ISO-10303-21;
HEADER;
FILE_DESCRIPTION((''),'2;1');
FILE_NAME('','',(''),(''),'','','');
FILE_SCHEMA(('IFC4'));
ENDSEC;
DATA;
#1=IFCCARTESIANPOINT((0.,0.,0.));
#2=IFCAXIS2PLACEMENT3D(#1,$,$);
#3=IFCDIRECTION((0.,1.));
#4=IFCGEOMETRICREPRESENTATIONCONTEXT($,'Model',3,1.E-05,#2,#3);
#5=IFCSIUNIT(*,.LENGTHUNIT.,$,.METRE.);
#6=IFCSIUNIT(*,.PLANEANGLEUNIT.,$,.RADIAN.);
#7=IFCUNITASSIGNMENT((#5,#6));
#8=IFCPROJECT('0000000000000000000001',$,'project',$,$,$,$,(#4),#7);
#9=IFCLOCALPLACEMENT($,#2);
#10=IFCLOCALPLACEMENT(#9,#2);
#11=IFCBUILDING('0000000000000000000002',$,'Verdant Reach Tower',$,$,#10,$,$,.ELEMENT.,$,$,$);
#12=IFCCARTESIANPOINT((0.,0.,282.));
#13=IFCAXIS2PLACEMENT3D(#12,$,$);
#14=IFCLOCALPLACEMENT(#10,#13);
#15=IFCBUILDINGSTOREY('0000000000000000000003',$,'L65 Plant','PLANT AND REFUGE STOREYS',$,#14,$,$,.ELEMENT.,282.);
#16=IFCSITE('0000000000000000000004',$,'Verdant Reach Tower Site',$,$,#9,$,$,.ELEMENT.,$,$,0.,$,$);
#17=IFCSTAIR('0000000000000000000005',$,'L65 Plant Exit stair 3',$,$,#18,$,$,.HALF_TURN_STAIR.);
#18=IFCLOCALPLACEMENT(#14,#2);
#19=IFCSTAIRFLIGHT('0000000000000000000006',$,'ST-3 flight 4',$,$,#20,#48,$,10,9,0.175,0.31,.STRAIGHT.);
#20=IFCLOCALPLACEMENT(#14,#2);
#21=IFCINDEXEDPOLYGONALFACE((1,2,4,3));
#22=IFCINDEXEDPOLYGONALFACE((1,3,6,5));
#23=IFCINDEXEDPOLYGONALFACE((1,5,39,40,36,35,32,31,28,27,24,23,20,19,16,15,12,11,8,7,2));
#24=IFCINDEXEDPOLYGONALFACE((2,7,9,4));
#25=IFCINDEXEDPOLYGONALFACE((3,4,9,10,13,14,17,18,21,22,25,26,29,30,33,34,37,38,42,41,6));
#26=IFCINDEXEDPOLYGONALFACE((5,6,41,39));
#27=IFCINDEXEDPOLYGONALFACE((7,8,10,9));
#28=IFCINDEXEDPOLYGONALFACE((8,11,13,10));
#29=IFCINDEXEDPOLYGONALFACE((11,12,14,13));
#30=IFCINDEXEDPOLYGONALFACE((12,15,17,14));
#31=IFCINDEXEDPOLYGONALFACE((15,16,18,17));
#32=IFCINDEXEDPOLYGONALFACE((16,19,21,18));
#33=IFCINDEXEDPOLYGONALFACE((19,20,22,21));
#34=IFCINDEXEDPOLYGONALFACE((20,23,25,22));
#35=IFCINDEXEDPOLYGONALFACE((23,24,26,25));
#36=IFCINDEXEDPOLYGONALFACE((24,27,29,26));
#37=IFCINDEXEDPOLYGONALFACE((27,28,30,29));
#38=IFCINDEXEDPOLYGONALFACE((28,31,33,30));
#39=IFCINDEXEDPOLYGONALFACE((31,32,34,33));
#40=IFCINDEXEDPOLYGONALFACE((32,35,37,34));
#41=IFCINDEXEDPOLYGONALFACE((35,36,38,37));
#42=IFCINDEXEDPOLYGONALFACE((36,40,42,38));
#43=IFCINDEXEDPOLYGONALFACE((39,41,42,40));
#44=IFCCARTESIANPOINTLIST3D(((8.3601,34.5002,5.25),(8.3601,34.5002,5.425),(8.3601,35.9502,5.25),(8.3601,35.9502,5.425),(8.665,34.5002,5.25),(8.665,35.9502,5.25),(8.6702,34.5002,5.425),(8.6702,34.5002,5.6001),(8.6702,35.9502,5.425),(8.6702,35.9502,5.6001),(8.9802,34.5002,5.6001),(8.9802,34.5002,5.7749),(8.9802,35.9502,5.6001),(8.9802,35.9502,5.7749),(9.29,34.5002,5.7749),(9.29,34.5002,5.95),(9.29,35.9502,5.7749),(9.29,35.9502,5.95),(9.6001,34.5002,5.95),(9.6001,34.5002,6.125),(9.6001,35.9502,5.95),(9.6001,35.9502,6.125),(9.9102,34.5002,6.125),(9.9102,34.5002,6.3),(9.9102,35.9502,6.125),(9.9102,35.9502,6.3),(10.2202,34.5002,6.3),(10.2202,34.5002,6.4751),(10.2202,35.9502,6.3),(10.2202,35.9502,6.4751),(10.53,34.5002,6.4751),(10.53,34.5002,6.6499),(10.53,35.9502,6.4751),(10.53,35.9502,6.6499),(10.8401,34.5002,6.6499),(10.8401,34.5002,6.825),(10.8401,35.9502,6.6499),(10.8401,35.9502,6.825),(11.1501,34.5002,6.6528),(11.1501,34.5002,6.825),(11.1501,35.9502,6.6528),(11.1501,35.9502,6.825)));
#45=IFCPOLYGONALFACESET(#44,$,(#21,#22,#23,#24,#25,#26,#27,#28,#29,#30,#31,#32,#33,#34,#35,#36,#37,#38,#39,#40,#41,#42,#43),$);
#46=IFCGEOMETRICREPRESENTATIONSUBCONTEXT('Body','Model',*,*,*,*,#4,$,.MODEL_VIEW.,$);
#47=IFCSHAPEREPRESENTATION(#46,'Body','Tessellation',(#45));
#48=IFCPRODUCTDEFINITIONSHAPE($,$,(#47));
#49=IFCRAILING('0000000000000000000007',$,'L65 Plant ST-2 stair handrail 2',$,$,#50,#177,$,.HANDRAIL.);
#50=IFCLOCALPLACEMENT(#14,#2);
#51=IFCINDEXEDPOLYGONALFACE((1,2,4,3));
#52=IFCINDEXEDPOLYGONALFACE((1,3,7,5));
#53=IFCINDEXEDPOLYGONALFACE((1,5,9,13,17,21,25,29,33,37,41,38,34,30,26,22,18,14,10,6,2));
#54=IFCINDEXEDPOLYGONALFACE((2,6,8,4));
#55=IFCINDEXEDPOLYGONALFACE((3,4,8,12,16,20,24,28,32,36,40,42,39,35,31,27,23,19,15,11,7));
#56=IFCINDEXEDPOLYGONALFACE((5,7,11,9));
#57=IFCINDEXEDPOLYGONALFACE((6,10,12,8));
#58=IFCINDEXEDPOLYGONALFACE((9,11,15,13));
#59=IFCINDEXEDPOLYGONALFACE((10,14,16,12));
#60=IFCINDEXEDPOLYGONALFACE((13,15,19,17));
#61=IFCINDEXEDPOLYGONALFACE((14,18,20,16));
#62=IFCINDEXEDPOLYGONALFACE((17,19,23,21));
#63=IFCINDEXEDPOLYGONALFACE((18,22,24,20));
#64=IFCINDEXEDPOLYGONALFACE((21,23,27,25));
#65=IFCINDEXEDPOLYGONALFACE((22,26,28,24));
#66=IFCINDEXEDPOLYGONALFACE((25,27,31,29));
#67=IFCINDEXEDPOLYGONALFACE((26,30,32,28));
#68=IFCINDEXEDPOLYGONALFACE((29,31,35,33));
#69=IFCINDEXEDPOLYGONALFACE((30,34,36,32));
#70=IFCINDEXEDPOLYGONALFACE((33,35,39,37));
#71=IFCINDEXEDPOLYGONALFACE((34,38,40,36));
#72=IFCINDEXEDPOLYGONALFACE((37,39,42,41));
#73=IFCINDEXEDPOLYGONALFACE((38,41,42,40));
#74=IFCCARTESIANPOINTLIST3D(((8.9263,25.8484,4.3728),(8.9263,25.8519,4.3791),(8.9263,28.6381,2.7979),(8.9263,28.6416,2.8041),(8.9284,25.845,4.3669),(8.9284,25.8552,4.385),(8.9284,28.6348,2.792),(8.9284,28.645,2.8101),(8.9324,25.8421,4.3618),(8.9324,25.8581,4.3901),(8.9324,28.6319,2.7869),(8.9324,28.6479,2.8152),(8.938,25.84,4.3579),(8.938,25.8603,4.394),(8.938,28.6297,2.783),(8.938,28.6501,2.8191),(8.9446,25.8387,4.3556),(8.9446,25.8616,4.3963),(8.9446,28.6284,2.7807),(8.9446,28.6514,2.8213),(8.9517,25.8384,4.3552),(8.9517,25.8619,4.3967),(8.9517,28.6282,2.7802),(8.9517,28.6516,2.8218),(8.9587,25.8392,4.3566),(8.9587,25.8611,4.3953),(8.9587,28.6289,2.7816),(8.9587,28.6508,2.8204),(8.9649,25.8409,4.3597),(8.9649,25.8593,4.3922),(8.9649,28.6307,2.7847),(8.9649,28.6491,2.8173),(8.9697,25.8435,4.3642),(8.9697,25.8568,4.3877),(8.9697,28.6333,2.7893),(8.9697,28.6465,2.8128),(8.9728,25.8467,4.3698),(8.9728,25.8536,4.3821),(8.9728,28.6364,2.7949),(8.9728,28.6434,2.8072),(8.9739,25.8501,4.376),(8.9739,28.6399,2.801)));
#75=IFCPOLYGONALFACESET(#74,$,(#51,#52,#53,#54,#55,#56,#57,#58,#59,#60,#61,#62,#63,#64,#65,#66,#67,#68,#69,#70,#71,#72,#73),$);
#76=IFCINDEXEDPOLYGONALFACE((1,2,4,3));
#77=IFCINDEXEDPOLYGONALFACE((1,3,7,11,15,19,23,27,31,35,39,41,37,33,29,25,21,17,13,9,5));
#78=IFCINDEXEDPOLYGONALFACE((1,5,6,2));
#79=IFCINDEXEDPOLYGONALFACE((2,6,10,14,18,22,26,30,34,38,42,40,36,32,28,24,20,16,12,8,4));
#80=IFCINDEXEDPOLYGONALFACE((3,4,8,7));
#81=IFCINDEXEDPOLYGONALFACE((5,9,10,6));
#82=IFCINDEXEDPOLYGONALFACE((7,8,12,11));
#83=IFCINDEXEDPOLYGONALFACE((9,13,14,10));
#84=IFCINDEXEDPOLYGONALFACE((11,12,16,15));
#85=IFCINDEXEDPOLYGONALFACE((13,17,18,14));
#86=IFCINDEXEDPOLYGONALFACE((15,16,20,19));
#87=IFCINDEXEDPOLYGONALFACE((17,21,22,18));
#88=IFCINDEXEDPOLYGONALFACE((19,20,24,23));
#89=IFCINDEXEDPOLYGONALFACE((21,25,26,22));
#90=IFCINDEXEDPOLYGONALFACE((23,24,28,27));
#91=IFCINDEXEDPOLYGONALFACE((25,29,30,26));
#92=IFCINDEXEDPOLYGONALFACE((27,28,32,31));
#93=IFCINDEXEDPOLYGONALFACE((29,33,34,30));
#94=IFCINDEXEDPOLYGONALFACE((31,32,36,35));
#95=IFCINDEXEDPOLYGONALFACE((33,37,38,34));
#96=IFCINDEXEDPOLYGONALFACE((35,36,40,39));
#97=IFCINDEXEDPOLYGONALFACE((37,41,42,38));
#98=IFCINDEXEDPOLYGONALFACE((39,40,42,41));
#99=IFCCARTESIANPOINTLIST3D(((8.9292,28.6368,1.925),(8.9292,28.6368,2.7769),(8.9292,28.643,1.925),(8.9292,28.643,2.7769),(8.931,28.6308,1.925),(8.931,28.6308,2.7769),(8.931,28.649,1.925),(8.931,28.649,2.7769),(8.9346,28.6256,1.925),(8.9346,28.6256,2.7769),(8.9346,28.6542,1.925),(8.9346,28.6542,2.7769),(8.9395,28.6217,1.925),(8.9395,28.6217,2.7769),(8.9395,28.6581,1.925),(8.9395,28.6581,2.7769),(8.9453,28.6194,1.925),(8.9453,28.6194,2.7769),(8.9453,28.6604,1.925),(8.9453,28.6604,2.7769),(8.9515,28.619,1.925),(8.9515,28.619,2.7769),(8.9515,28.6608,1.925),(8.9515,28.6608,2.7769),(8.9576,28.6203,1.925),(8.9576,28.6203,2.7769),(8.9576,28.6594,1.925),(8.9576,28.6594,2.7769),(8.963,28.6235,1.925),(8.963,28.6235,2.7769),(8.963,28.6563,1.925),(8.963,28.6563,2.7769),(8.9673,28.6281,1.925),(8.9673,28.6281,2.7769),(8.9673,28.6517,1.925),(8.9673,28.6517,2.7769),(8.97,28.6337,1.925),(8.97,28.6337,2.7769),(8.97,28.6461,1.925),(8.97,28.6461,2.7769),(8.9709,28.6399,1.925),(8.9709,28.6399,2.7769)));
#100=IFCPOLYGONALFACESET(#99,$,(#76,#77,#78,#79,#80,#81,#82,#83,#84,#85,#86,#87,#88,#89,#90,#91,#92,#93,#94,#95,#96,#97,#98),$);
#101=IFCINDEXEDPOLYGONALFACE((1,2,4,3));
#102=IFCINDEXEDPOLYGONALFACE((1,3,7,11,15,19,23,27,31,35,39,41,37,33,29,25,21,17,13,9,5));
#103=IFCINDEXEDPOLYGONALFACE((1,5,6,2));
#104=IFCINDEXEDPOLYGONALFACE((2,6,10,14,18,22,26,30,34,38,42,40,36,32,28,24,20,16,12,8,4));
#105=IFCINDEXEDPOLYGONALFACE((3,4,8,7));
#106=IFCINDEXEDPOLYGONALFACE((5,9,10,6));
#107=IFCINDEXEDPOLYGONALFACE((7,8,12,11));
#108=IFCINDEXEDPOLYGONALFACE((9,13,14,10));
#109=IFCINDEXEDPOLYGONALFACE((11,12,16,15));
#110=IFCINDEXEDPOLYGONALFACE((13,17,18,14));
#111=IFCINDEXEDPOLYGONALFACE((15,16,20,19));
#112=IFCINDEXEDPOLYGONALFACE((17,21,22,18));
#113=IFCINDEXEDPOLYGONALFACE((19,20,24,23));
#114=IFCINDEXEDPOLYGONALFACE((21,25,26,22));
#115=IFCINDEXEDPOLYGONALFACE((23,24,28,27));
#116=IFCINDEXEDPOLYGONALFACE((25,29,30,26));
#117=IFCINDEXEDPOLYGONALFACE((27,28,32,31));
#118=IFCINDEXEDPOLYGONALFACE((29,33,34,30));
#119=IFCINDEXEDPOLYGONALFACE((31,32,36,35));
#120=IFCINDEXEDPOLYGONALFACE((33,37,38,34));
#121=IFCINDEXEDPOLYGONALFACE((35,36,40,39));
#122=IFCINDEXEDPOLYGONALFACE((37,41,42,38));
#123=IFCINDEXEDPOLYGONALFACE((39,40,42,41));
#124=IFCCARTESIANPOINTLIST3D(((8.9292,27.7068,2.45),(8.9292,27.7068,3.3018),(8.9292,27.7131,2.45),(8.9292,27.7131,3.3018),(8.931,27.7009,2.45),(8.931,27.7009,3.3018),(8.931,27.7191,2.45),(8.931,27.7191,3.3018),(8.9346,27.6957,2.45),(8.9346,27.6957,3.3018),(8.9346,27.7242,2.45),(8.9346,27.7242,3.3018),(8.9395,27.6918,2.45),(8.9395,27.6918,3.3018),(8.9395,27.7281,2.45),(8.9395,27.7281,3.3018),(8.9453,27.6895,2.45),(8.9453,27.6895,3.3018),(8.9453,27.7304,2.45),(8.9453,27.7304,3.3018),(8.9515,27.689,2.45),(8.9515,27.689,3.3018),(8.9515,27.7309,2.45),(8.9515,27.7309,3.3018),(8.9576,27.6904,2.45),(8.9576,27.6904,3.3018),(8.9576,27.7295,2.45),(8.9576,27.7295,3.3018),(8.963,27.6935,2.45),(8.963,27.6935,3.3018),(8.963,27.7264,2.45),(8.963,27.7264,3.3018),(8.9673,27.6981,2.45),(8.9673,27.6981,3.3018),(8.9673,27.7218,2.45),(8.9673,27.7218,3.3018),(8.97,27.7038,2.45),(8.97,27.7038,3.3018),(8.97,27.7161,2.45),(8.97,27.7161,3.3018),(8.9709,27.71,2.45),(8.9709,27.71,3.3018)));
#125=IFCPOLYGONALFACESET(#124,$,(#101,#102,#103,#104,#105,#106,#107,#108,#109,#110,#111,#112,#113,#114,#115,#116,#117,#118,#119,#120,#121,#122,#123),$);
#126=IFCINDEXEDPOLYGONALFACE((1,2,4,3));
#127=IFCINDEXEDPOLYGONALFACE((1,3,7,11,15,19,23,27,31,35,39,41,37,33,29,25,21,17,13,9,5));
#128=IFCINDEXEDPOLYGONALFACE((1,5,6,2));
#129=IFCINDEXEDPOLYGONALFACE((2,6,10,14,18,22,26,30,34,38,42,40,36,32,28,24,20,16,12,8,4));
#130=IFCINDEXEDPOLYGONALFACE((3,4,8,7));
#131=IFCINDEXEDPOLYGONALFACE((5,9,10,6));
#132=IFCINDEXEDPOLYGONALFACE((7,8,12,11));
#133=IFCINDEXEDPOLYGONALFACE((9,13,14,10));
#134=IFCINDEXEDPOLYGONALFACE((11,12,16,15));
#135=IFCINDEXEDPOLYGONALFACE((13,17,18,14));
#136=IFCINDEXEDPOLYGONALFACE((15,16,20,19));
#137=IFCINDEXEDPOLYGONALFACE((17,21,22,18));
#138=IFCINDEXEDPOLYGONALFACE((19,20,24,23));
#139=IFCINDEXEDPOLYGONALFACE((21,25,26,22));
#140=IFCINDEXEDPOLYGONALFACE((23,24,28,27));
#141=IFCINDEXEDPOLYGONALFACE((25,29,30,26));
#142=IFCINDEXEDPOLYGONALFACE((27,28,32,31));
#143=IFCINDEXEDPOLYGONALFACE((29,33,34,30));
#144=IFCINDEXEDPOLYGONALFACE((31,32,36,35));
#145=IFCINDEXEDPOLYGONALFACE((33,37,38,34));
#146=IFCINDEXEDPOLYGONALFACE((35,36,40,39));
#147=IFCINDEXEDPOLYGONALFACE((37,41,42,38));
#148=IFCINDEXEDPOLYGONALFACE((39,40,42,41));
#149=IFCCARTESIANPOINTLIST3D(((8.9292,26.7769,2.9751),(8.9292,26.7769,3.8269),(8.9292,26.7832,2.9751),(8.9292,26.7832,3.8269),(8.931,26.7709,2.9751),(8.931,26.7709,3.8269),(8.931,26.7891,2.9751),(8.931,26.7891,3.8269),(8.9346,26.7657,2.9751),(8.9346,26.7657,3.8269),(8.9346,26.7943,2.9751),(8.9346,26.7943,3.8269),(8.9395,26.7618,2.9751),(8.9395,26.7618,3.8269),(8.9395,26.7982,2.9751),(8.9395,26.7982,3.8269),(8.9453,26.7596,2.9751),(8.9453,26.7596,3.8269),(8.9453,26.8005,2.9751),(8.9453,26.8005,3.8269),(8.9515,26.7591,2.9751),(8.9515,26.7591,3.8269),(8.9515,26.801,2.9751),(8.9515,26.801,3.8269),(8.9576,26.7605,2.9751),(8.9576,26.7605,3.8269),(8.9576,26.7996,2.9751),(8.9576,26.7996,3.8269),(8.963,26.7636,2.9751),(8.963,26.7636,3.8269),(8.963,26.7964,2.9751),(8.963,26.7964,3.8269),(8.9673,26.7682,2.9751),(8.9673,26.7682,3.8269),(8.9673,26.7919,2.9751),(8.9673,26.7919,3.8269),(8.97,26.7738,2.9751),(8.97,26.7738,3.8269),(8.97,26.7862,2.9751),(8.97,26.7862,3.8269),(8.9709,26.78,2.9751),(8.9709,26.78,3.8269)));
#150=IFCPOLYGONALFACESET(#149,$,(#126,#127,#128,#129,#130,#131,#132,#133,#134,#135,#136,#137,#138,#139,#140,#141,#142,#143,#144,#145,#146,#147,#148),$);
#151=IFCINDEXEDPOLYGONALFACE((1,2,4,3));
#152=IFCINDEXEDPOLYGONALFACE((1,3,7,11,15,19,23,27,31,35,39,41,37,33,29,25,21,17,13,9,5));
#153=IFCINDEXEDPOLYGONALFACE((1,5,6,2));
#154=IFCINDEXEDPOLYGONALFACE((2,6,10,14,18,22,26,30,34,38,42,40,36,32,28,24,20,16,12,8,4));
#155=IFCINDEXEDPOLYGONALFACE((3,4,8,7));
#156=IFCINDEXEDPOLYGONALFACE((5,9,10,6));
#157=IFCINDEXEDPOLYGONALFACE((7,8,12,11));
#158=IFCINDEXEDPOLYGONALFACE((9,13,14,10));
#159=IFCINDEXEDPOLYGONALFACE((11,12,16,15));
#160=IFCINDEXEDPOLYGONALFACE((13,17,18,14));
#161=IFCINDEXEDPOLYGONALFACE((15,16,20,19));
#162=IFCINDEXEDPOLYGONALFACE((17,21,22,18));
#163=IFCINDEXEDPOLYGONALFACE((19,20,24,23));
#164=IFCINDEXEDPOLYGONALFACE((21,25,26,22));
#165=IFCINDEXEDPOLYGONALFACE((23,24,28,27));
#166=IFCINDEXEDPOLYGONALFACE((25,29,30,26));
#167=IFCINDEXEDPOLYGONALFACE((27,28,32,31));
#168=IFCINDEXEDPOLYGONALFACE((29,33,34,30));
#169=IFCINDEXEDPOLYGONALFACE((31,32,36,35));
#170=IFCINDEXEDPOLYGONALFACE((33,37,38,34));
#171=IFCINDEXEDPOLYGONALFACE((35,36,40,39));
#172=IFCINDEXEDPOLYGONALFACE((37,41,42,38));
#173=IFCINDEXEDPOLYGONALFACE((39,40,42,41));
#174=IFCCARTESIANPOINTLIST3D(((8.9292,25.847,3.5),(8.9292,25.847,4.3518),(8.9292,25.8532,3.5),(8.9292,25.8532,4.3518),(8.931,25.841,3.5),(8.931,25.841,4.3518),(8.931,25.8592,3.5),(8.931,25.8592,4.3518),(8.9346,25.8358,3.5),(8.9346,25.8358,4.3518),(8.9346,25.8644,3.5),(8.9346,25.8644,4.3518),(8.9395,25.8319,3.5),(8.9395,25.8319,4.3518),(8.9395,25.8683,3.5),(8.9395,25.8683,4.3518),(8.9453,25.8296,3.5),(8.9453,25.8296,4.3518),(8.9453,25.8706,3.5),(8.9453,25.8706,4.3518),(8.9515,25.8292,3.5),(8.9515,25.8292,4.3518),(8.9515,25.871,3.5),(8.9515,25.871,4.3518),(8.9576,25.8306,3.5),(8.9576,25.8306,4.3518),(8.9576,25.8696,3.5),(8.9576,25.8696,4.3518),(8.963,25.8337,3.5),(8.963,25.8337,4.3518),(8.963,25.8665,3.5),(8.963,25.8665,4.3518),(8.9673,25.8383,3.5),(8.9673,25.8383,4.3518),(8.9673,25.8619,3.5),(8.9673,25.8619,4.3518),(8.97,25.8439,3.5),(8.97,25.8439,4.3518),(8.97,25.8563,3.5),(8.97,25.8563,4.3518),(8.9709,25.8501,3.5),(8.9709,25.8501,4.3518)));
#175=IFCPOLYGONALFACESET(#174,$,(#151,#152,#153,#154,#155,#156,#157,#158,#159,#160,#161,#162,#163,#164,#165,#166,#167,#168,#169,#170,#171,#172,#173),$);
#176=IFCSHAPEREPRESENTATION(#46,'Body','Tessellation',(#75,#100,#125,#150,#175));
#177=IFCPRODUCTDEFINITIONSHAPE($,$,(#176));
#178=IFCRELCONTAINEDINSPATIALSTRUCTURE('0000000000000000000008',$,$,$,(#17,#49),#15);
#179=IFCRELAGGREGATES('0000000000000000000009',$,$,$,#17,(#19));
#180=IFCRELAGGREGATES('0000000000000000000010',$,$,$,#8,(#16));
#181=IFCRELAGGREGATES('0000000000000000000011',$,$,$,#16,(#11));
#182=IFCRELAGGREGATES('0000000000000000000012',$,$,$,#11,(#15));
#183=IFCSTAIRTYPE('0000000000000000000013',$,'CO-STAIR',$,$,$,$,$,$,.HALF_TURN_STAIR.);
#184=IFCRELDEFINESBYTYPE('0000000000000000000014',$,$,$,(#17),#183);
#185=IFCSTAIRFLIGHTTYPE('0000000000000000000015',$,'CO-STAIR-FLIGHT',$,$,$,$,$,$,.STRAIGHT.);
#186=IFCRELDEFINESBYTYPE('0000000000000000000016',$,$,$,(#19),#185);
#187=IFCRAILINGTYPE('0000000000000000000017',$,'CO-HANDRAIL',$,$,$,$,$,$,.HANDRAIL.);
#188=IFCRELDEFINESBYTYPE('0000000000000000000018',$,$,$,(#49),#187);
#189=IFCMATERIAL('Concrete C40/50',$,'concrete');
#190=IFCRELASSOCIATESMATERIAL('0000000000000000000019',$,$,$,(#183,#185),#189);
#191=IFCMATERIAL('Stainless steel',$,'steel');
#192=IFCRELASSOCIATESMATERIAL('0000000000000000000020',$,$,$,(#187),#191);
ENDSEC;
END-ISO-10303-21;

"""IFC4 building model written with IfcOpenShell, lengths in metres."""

from ifc_helpers import new_model, si_unit, direction, frame, origin, origin_2d, place, context, subcontext, project, spatial, polyline, circle, outline, extrude, material, type_object, element, aggregate, save


model = new_model("IFC4")

# Units and contexts
model_context = context("Model", 3, precision=1e-05, world=origin(), true_north=direction((0.0, 1.0)))
body_context = subcontext(model_context, "Body", "Model", "MODEL_VIEW")
ifc_project = project(units=[si_unit("LENGTHUNIT", "METRE"), si_unit("PLANEANGLEUNIT", "RADIAN")], contexts=[model_context])

# Site, building, storey
site_placement = place(None, origin())
site = spatial("IfcSite", under=ifc_project, at=site_placement, Name="Verdant Reach Tower Site", CompositionType="ELEMENT", RefElevation=0.0)
building_placement = place(site_placement, origin())
building = spatial("IfcBuilding", under=site, at=building_placement, Name="Verdant Reach Tower", CompositionType="ELEMENT")
storey_placement = place(building_placement, frame((0.0, 0.0, 282.0)))
storey = spatial("IfcBuildingStorey", under=building, at=storey_placement, Name="L65 Plant", Description="PLANT AND REFUGE STOREYS", CompositionType="ELEMENT", Elevation=282.0)

# Shared definitions
ifc_material_1 = material(Name="Concrete C40/50", Category="concrete")

# Stair, stair flight
stair_type = type_object("IfcStairType", Name="CO-STAIR", PredefinedType="HALF_TURN_STAIR", material=ifc_material_1)
stair_flight_type = type_object("IfcStairFlightType", Name="CO-STAIR-FLIGHT", PredefinedType="STRAIGHT", material=ifc_material_1)
stair_1_placement = place(storey_placement, origin())
stair_1 = element("IfcStair", 1, at=stair_1_placement, inside=storey, type_object=stair_type, Name="L65 Plant Exit stair 3", PredefinedType="HALF_TURN_STAIR")
stair_flight_1_placement = place(storey_placement, frame((8.3601, 35.2251, 5.25), z_axis=(0.0, 0.0, 1.0), x_axis=(1.0, 0.0, 0.0)))
stair_flight_1 = element("IfcStairFlight", 2, at=stair_flight_1_placement, type_object=stair_flight_type, Name="ST-3 flight 4", NumberOfRisers=10, NumberOfTreads=9, PredefinedType="STRAIGHT", RiserHeight=0.175, TreadLength=0.31, context=body_context, shape_type="SweptSolid", body=[
    extrude(outline(polyline([(0.0, 0.0), (0.0, 0.175), (0.3101, 0.175), (0.3101, 0.3501), (0.6201, 0.3501), (0.6201, 0.5249), (0.9299, 0.5249), (0.9299, 0.7), (1.24, 0.7), (1.24, 0.875), (1.55, 0.875), (1.55, 1.05), (1.8601, 1.05), (1.8601, 1.2251), (2.1699, 1.2251), (2.1699, 1.3999), (2.48, 1.3999), (2.48, 1.575), (2.79, 1.575), (2.79, 1.75), (2.79, 1.4028), (0.3049, 0.0), (0.0, 0.0)])), frame((0.0, 0.7251, 0.0), z_axis=(0.0, -1.0, 0.0), x_axis=(1.0, 0.0, 0.0)), (0.0, 0.0, 1.0), 1.45),
])
aggregate(stair_1, [stair_flight_1])

# Railing
ifc_material_2 = material(Name="Stainless steel", Category="steel")
railing_type_1 = type_object("IfcRailingType", Name="CO-HANDRAIL", PredefinedType="HANDRAIL", material=ifc_material_2)
for number, where, name in (
    (3, (8.95, 28.6399, 1.925), "L65 Plant ST-2 stair handrail 2"),
):
    element("IfcRailing", number, at=place(storey_placement, frame(where)), inside=storey, type_object=railing_type_1, Name=name, PredefinedType="HANDRAIL", context=body_context, shape_type="SweptSolid", body=[
        extrude(circle(Radius=0.0239, at=origin_2d()), frame((0.0, 0.0, 0.876), z_axis=(0.0, -0.870815, 0.49161), x_axis=(1.0, 0.0, 0.0)), (0.0, 0.0, 1.0), 3.2036),
        extrude(circle(Radius=0.021, at=origin_2d()), origin(), (0.0, 0.0, 1.0), 0.8518),
        extrude(circle(Radius=0.021, at=origin_2d()), frame((0.0, -0.9299, 0.5249)), (0.0, 0.0, 1.0), 0.8518),
        extrude(circle(Radius=0.021, at=origin_2d()), frame((0.0, -1.8599, 1.05)), (0.0, 0.0, 1.0), 0.8518),
        extrude(circle(Radius=0.021, at=origin_2d()), frame((0.0, -2.7898, 1.575)), (0.0, 0.0, 1.0), 0.8518),
    ])

save(model, "model.ifc")
